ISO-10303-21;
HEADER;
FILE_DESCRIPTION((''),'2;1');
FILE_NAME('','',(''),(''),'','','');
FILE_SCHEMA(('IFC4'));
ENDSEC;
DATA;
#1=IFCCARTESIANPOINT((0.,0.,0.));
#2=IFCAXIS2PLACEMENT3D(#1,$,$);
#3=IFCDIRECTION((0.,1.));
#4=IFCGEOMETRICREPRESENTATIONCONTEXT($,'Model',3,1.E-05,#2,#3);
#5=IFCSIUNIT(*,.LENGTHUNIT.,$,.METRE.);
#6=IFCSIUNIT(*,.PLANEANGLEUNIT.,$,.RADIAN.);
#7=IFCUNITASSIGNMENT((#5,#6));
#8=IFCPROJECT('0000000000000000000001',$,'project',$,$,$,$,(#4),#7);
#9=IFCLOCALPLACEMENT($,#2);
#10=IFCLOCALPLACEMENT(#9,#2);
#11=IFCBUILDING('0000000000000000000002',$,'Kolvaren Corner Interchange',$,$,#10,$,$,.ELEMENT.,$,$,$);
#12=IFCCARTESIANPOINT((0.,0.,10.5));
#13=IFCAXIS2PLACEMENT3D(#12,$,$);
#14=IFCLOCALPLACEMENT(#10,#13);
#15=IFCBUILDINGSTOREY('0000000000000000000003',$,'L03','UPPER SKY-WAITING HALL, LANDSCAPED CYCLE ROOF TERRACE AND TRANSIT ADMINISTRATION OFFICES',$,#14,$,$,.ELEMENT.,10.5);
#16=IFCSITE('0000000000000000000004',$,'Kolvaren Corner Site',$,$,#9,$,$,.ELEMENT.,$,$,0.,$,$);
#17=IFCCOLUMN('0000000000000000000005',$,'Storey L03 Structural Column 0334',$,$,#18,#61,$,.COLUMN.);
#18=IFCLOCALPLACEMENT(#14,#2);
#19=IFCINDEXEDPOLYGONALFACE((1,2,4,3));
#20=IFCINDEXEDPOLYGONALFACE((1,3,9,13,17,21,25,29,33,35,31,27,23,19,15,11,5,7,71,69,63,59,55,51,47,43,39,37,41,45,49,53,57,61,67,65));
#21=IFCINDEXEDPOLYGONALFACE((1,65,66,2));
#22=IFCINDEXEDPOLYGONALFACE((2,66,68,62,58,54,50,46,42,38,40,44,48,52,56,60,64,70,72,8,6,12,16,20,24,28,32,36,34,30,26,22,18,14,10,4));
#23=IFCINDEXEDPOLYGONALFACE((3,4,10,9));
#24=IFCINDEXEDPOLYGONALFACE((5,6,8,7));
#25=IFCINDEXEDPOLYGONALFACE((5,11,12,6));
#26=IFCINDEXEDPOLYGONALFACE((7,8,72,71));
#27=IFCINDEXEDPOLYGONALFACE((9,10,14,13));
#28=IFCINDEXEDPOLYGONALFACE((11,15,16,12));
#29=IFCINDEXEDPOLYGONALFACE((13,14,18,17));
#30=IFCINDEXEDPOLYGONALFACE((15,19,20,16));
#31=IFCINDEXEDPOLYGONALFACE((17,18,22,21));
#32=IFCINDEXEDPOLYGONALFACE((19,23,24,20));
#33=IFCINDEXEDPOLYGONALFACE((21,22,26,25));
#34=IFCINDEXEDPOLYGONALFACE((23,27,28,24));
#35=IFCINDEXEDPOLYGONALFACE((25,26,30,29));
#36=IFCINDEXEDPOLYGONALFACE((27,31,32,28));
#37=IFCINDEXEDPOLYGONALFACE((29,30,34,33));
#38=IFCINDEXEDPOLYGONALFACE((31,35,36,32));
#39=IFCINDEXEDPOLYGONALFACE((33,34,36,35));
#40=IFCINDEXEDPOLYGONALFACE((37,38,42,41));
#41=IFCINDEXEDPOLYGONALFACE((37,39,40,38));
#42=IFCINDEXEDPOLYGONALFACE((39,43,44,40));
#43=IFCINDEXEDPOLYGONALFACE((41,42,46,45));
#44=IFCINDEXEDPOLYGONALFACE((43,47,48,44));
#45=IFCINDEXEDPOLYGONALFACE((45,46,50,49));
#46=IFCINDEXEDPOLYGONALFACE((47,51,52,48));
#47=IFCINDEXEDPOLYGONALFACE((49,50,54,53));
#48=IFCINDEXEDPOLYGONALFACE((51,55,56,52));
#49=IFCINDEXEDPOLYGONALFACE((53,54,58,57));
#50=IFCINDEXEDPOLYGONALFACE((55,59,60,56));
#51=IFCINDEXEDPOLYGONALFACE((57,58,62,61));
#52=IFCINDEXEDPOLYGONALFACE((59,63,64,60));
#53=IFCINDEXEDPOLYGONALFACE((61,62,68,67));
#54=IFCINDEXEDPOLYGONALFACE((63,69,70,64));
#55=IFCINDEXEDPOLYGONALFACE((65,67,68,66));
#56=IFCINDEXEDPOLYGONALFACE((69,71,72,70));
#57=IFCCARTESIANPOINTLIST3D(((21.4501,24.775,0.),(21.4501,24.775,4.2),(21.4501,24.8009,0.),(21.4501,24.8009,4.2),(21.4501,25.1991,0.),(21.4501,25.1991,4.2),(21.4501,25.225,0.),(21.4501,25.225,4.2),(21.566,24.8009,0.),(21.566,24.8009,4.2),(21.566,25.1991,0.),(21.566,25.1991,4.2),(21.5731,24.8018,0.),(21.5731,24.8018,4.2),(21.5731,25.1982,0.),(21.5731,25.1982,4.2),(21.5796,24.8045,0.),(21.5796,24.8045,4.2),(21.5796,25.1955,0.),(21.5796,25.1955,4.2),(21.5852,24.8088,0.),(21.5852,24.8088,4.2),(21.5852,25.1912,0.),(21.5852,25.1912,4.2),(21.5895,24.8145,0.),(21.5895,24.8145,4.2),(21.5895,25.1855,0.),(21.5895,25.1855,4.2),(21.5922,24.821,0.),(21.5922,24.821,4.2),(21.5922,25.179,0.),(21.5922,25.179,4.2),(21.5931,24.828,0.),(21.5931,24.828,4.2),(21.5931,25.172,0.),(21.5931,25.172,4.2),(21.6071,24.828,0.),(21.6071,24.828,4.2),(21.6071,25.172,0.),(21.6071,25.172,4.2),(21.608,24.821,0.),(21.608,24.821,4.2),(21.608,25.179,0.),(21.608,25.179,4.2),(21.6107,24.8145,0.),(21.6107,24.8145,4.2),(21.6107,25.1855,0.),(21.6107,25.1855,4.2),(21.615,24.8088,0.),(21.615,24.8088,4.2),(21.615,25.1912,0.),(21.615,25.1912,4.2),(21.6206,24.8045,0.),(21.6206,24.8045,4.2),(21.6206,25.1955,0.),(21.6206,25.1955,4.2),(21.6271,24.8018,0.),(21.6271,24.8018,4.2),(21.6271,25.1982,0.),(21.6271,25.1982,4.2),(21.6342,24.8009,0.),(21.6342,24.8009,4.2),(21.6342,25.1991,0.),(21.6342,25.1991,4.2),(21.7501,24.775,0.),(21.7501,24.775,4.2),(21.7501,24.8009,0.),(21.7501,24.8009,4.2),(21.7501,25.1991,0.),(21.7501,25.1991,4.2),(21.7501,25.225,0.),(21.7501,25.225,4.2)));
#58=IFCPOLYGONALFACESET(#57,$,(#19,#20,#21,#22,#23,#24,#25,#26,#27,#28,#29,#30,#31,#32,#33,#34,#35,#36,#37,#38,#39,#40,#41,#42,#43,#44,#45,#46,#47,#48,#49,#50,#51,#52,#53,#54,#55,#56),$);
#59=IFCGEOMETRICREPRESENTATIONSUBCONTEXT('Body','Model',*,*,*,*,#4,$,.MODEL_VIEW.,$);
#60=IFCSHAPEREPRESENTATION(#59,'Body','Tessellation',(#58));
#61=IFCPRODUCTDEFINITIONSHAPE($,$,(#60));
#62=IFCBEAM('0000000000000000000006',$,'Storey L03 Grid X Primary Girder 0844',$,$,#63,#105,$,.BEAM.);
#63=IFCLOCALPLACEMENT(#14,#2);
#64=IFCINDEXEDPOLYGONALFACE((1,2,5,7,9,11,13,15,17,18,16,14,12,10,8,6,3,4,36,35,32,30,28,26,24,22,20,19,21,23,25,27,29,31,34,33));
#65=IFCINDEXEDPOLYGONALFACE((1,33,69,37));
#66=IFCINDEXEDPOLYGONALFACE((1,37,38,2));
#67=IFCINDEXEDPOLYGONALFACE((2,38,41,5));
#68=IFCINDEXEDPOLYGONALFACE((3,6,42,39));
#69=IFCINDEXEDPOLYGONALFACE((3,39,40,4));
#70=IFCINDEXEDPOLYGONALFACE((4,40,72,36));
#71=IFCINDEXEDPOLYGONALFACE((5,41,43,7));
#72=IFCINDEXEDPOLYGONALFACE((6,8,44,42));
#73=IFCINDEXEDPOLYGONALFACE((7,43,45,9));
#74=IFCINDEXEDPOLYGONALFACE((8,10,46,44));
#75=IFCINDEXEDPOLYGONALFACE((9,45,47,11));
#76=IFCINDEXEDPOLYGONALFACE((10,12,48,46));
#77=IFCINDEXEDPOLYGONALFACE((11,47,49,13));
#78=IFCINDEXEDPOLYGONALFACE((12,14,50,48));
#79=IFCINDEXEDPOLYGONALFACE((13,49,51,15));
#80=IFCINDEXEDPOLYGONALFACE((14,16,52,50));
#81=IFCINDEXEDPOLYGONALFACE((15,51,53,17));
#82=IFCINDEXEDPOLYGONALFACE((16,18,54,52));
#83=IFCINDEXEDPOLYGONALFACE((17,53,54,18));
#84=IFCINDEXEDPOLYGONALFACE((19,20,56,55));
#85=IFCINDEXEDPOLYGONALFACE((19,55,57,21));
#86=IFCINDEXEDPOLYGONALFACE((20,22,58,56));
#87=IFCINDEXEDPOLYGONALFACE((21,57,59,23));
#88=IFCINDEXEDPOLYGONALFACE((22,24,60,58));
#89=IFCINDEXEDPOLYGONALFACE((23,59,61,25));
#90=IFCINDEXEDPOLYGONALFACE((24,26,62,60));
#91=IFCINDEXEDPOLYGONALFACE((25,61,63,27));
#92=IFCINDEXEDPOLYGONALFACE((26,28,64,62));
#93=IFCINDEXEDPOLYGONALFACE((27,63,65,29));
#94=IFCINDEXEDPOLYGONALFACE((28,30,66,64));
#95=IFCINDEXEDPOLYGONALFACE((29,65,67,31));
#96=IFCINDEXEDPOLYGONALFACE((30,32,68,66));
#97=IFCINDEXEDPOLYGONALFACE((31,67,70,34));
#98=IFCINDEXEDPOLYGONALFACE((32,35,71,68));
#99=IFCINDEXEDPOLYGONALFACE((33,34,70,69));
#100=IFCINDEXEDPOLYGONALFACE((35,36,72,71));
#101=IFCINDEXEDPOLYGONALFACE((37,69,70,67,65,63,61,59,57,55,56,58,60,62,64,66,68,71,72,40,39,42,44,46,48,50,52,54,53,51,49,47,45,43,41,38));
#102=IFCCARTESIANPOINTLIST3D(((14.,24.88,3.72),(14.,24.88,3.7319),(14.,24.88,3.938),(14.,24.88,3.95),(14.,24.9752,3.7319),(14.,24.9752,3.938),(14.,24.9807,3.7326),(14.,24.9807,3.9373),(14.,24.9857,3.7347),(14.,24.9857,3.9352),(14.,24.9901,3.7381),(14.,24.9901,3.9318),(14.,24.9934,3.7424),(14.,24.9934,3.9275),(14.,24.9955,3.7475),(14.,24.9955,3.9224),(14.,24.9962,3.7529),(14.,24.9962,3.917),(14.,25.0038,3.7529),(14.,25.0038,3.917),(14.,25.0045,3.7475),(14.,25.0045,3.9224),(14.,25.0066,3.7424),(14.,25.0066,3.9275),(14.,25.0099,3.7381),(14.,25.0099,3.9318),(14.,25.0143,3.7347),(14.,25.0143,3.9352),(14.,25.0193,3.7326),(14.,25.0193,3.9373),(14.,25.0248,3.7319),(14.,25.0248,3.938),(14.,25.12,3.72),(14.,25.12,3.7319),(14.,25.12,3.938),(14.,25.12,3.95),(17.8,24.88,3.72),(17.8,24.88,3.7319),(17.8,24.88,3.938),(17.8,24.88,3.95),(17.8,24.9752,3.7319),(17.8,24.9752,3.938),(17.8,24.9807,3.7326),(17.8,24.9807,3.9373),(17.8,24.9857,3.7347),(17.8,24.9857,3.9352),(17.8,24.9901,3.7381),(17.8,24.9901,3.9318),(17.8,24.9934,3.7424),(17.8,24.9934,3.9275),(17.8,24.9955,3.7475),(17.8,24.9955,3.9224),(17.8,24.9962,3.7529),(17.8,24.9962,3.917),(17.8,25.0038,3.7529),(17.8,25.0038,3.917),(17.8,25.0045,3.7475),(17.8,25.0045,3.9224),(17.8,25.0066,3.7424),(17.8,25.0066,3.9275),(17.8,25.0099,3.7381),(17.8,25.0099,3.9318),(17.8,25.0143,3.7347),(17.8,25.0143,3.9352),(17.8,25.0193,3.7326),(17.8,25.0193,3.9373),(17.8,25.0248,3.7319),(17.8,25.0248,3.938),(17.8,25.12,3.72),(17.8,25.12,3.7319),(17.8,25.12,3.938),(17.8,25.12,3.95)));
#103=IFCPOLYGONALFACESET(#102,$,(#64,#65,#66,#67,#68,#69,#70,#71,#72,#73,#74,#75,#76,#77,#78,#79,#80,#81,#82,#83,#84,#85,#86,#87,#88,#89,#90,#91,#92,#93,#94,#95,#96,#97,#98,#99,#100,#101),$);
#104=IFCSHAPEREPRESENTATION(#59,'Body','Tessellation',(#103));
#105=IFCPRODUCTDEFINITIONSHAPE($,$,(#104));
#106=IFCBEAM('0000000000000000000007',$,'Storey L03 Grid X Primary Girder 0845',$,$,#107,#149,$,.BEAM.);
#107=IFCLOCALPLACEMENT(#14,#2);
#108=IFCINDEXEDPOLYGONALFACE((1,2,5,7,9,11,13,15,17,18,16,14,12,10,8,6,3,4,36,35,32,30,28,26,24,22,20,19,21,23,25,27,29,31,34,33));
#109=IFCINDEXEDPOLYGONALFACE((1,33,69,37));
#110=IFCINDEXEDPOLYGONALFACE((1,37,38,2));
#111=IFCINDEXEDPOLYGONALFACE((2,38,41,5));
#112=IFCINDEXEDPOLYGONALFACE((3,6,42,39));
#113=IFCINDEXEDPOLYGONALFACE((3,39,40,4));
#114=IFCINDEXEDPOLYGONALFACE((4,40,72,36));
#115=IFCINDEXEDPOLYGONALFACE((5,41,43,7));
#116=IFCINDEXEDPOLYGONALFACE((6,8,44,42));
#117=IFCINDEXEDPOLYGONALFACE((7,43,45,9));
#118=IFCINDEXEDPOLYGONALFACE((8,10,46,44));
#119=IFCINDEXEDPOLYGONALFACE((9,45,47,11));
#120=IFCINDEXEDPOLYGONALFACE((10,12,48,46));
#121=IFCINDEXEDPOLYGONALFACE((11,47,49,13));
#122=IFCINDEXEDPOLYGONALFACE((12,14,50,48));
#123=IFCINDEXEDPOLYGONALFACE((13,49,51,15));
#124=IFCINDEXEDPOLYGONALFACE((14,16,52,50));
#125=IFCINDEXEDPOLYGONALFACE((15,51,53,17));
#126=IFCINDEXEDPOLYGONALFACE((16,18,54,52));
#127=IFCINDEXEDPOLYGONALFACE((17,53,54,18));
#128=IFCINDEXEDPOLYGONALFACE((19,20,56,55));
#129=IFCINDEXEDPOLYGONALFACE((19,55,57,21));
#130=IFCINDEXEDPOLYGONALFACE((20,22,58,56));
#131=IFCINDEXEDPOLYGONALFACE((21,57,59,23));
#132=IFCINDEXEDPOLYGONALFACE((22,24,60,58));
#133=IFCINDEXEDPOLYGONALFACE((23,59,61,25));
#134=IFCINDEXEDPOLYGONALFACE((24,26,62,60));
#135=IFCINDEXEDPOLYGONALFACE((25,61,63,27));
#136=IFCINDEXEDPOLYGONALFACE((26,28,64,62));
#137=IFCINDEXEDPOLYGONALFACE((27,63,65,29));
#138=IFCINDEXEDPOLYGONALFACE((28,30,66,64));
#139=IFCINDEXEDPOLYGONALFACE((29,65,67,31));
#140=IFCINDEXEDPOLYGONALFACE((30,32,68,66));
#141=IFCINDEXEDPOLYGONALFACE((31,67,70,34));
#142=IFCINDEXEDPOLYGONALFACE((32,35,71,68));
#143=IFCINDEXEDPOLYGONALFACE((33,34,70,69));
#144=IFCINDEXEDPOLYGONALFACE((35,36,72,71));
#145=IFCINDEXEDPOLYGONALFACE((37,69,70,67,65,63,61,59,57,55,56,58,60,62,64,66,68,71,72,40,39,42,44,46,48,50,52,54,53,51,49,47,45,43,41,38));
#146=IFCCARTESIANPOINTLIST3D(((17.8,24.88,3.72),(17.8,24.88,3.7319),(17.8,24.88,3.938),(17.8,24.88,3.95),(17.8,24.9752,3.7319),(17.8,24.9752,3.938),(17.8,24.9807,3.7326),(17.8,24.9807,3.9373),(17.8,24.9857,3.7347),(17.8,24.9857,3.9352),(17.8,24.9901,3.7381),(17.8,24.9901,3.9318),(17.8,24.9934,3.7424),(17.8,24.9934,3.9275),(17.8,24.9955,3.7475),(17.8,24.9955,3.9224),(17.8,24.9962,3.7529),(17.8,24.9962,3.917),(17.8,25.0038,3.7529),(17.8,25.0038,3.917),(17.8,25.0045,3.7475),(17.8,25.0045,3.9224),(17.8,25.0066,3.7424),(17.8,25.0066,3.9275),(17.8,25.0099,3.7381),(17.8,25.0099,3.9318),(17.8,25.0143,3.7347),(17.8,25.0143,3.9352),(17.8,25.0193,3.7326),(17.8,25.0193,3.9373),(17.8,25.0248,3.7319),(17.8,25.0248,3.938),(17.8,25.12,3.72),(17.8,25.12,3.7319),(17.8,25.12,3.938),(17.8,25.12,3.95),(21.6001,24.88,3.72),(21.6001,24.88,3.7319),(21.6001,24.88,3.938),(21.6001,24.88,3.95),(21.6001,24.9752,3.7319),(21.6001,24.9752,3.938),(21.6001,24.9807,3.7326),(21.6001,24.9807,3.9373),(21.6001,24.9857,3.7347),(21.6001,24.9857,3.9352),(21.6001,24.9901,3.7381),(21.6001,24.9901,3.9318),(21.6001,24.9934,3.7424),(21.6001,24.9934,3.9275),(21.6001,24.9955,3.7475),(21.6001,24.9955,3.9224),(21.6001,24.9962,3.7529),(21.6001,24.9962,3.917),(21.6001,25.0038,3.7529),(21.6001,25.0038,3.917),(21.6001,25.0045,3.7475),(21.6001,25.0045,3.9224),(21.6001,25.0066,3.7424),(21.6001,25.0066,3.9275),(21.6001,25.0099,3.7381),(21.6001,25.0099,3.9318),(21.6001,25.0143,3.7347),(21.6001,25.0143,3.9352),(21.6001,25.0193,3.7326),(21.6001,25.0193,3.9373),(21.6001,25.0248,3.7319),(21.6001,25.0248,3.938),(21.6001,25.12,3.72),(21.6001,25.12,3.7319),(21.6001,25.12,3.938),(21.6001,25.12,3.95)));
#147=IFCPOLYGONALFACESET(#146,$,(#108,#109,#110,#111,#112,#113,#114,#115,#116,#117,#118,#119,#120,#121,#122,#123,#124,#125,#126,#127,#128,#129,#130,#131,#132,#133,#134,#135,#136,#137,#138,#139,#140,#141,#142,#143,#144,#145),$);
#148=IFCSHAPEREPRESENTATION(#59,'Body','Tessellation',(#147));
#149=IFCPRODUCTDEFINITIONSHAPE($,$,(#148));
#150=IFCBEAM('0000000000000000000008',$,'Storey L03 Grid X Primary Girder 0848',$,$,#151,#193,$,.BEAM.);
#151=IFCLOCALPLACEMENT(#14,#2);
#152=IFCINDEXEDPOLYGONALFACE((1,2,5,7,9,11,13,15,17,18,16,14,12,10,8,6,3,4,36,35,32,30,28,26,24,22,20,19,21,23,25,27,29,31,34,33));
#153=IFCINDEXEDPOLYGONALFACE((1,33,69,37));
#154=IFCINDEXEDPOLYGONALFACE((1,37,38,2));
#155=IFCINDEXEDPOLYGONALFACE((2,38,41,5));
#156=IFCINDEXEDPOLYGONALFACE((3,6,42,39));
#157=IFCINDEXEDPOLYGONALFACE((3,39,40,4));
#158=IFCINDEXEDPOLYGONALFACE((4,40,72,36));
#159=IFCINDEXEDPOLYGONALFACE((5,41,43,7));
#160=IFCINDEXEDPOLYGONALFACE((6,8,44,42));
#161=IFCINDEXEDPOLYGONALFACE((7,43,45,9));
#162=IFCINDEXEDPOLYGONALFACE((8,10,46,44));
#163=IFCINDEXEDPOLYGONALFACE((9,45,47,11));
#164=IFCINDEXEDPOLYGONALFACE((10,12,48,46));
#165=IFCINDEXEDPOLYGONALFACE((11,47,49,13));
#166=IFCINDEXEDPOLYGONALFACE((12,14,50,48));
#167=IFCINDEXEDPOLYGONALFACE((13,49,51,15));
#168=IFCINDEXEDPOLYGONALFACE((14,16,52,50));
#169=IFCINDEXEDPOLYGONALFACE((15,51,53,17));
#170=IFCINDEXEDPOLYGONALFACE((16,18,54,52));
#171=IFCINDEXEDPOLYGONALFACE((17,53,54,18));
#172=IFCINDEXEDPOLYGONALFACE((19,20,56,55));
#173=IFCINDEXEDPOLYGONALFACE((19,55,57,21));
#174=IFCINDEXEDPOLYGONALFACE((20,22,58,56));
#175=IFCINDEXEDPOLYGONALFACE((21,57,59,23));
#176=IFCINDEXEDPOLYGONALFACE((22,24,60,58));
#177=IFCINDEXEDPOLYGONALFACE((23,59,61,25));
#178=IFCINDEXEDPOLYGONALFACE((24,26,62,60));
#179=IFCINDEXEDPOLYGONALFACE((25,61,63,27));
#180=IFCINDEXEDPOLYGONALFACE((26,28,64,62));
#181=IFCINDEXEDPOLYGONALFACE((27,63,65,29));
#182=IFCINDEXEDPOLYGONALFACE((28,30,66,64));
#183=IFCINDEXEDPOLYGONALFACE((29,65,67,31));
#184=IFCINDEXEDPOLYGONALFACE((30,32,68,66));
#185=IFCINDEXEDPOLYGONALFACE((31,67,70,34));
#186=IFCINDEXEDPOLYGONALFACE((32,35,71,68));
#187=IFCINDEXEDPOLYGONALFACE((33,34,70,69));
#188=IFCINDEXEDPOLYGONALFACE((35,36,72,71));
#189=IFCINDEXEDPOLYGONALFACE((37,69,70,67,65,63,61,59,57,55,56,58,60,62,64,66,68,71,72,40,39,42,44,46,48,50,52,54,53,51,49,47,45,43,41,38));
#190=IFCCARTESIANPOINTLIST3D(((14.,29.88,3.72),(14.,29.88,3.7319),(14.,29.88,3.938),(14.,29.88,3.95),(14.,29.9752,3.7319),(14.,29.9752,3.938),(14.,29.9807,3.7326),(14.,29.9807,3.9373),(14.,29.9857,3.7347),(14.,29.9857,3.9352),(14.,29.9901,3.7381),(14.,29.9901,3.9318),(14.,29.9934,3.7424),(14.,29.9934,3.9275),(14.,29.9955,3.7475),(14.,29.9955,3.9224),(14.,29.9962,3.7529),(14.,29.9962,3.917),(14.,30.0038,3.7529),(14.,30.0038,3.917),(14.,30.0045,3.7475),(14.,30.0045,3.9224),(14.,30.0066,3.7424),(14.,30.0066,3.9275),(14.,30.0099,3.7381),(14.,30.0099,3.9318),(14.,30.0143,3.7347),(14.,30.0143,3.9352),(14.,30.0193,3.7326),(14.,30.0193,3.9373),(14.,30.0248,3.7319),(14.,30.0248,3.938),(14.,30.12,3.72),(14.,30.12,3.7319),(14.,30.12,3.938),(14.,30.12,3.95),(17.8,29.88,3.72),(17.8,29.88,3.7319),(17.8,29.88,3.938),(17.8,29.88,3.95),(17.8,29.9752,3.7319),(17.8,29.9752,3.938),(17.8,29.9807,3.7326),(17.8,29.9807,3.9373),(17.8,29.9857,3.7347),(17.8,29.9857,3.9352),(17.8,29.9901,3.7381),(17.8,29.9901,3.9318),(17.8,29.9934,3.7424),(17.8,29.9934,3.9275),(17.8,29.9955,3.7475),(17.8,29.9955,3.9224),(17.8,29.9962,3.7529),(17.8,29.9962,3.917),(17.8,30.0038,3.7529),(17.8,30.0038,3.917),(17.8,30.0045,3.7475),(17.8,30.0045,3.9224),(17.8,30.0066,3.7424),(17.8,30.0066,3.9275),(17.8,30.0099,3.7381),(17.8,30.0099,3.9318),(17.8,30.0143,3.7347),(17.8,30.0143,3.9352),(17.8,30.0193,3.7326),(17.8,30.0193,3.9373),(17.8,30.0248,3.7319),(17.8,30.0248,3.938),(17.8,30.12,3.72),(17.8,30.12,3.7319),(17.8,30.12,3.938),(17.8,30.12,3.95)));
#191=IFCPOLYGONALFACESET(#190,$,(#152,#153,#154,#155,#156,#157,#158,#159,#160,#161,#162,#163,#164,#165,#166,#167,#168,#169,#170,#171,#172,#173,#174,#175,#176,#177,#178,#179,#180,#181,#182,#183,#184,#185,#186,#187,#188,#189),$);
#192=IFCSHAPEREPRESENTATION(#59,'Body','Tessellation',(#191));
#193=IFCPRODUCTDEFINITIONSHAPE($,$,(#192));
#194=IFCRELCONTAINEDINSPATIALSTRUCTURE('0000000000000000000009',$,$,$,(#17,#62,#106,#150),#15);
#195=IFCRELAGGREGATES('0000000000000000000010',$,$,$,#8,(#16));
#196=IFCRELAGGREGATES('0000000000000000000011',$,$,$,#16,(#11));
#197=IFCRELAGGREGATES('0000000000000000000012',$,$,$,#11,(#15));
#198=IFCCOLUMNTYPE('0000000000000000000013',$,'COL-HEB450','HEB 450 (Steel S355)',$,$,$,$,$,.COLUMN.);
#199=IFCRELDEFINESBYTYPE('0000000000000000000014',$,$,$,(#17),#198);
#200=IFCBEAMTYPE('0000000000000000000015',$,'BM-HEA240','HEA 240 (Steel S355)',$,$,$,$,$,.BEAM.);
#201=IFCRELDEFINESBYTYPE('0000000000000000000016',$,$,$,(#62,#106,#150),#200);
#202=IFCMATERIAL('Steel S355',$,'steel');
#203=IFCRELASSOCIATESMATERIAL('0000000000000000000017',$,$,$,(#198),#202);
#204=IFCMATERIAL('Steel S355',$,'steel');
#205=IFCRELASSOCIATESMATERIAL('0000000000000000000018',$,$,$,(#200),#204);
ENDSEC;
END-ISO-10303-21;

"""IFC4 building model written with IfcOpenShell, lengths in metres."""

from ifc_helpers import new_model, si_unit, direction, frame, origin, origin_2d, place, context, subcontext, project, spatial, i_section, extrude, material, material_profile, profile_set, type_object, element, save


model = new_model("IFC4")

# Units and contexts
model_context = context("Model", 3, precision=1e-05, world=origin(), true_north=direction((0.0, 1.0)))
body_context = subcontext(model_context, "Body", "Model", "MODEL_VIEW")
ifc_project = project(units=[si_unit("LENGTHUNIT", "METRE"), si_unit("PLANEANGLEUNIT", "RADIAN")], contexts=[model_context])

# Site, building, storey
site_placement = place(None, origin())
site = spatial("IfcSite", under=ifc_project, at=site_placement, Name="Kolvaren Corner Site", CompositionType="ELEMENT", RefElevation=0.0)
building_placement = place(site_placement, origin())
building = spatial("IfcBuilding", under=site, at=building_placement, Name="Kolvaren Corner Interchange", CompositionType="ELEMENT")
storey_placement = place(building_placement, frame((0.0, 0.0, 10.5)))
storey = spatial("IfcBuildingStorey", under=building, at=storey_placement, Name="L03", Description="UPPER SKY-WAITING HALL, LANDSCAPED CYCLE ROOF TERRACE AND TRANSIT ADMINISTRATION OFFICES", CompositionType="ELEMENT", Elevation=10.5)

# Column
ifc_material_1 = material(Name="Steel S355", Category="steel")
ifc_material_profile_1 = material_profile(ifc_material_1, i_section(OverallWidth=0.3, OverallDepth=0.45, WebThickness=0.0139, FlangeThickness=0.0259, FilletRadius=0.0271, at=origin_2d()), Name="HEB 450")
ifc_profile_set_1 = profile_set([ifc_material_profile_1], Name="Steel S355")
column_type_1 = type_object("IfcColumnType", Name="COL-HEB450", Description="HEB 450 (Steel S355)", PredefinedType="COLUMN", material=ifc_profile_set_1)
for number, where, z_axis, x_axis, name in (
    (1, (21.6001, 25.0, 0.0), (0.0, 0.0, 1.0), (1.0, 0.0, 0.0), "Storey L03 Structural Column 0334"),
):
    element("IfcColumn", number, at=place(storey_placement, frame(where, z_axis=z_axis, x_axis=x_axis)), inside=storey, type_object=column_type_1, Name=name, PredefinedType="COLUMN", context=body_context, shape_type="SweptSolid", body=[
        extrude(i_section(OverallWidth=0.3, OverallDepth=0.45, WebThickness=0.0139, FlangeThickness=0.0259, FilletRadius=0.0271, at=origin_2d()), origin(), (0.0, 0.0, 1.0), 4.2),
    ])

# Beams
ifc_material_2 = material(Name="Steel S355", Category="steel")
ifc_material_profile_2 = material_profile(ifc_material_2, i_section(OverallWidth=0.24, OverallDepth=0.23, WebThickness=0.0076, FlangeThickness=0.012, FilletRadius=0.021, at=origin_2d()), Name="HEA 240")
ifc_profile_set_2 = profile_set([ifc_material_profile_2], Name="Steel S355")
beam_type_1 = type_object("IfcBeamType", Name="BM-HEA240", Description="HEA 240 (Steel S355)", PredefinedType="BEAM", material=ifc_profile_set_2)
for number, where, z_axis, x_axis, name in (
    (2, (14.0, 25.0, 3.835), (1.0, 0.0, 0.0), (0.0, 1.0, 0.0), "Storey L03 Grid X Primary Girder 0844"),
    (3, (17.8, 25.0, 3.835), (1.0, 0.0, 0.0), (0.0, 1.0, 0.0), "Storey L03 Grid X Primary Girder 0845"),
    (4, (14.0, 30.0, 3.835), (1.0, 0.0, 0.0), (0.0, 1.0, 0.0), "Storey L03 Grid X Primary Girder 0848"),
):
    element("IfcBeam", number, at=place(storey_placement, frame(where, z_axis=z_axis, x_axis=x_axis)), inside=storey, type_object=beam_type_1, Name=name, PredefinedType="BEAM", context=body_context, shape_type="SweptSolid", body=[
        extrude(i_section(OverallWidth=0.24, OverallDepth=0.23, WebThickness=0.0076, FlangeThickness=0.012, FilletRadius=0.021, at=origin_2d()), origin(), (0.0, 0.0, 1.0), 3.8),
    ])

save(model, "model.ifc")
